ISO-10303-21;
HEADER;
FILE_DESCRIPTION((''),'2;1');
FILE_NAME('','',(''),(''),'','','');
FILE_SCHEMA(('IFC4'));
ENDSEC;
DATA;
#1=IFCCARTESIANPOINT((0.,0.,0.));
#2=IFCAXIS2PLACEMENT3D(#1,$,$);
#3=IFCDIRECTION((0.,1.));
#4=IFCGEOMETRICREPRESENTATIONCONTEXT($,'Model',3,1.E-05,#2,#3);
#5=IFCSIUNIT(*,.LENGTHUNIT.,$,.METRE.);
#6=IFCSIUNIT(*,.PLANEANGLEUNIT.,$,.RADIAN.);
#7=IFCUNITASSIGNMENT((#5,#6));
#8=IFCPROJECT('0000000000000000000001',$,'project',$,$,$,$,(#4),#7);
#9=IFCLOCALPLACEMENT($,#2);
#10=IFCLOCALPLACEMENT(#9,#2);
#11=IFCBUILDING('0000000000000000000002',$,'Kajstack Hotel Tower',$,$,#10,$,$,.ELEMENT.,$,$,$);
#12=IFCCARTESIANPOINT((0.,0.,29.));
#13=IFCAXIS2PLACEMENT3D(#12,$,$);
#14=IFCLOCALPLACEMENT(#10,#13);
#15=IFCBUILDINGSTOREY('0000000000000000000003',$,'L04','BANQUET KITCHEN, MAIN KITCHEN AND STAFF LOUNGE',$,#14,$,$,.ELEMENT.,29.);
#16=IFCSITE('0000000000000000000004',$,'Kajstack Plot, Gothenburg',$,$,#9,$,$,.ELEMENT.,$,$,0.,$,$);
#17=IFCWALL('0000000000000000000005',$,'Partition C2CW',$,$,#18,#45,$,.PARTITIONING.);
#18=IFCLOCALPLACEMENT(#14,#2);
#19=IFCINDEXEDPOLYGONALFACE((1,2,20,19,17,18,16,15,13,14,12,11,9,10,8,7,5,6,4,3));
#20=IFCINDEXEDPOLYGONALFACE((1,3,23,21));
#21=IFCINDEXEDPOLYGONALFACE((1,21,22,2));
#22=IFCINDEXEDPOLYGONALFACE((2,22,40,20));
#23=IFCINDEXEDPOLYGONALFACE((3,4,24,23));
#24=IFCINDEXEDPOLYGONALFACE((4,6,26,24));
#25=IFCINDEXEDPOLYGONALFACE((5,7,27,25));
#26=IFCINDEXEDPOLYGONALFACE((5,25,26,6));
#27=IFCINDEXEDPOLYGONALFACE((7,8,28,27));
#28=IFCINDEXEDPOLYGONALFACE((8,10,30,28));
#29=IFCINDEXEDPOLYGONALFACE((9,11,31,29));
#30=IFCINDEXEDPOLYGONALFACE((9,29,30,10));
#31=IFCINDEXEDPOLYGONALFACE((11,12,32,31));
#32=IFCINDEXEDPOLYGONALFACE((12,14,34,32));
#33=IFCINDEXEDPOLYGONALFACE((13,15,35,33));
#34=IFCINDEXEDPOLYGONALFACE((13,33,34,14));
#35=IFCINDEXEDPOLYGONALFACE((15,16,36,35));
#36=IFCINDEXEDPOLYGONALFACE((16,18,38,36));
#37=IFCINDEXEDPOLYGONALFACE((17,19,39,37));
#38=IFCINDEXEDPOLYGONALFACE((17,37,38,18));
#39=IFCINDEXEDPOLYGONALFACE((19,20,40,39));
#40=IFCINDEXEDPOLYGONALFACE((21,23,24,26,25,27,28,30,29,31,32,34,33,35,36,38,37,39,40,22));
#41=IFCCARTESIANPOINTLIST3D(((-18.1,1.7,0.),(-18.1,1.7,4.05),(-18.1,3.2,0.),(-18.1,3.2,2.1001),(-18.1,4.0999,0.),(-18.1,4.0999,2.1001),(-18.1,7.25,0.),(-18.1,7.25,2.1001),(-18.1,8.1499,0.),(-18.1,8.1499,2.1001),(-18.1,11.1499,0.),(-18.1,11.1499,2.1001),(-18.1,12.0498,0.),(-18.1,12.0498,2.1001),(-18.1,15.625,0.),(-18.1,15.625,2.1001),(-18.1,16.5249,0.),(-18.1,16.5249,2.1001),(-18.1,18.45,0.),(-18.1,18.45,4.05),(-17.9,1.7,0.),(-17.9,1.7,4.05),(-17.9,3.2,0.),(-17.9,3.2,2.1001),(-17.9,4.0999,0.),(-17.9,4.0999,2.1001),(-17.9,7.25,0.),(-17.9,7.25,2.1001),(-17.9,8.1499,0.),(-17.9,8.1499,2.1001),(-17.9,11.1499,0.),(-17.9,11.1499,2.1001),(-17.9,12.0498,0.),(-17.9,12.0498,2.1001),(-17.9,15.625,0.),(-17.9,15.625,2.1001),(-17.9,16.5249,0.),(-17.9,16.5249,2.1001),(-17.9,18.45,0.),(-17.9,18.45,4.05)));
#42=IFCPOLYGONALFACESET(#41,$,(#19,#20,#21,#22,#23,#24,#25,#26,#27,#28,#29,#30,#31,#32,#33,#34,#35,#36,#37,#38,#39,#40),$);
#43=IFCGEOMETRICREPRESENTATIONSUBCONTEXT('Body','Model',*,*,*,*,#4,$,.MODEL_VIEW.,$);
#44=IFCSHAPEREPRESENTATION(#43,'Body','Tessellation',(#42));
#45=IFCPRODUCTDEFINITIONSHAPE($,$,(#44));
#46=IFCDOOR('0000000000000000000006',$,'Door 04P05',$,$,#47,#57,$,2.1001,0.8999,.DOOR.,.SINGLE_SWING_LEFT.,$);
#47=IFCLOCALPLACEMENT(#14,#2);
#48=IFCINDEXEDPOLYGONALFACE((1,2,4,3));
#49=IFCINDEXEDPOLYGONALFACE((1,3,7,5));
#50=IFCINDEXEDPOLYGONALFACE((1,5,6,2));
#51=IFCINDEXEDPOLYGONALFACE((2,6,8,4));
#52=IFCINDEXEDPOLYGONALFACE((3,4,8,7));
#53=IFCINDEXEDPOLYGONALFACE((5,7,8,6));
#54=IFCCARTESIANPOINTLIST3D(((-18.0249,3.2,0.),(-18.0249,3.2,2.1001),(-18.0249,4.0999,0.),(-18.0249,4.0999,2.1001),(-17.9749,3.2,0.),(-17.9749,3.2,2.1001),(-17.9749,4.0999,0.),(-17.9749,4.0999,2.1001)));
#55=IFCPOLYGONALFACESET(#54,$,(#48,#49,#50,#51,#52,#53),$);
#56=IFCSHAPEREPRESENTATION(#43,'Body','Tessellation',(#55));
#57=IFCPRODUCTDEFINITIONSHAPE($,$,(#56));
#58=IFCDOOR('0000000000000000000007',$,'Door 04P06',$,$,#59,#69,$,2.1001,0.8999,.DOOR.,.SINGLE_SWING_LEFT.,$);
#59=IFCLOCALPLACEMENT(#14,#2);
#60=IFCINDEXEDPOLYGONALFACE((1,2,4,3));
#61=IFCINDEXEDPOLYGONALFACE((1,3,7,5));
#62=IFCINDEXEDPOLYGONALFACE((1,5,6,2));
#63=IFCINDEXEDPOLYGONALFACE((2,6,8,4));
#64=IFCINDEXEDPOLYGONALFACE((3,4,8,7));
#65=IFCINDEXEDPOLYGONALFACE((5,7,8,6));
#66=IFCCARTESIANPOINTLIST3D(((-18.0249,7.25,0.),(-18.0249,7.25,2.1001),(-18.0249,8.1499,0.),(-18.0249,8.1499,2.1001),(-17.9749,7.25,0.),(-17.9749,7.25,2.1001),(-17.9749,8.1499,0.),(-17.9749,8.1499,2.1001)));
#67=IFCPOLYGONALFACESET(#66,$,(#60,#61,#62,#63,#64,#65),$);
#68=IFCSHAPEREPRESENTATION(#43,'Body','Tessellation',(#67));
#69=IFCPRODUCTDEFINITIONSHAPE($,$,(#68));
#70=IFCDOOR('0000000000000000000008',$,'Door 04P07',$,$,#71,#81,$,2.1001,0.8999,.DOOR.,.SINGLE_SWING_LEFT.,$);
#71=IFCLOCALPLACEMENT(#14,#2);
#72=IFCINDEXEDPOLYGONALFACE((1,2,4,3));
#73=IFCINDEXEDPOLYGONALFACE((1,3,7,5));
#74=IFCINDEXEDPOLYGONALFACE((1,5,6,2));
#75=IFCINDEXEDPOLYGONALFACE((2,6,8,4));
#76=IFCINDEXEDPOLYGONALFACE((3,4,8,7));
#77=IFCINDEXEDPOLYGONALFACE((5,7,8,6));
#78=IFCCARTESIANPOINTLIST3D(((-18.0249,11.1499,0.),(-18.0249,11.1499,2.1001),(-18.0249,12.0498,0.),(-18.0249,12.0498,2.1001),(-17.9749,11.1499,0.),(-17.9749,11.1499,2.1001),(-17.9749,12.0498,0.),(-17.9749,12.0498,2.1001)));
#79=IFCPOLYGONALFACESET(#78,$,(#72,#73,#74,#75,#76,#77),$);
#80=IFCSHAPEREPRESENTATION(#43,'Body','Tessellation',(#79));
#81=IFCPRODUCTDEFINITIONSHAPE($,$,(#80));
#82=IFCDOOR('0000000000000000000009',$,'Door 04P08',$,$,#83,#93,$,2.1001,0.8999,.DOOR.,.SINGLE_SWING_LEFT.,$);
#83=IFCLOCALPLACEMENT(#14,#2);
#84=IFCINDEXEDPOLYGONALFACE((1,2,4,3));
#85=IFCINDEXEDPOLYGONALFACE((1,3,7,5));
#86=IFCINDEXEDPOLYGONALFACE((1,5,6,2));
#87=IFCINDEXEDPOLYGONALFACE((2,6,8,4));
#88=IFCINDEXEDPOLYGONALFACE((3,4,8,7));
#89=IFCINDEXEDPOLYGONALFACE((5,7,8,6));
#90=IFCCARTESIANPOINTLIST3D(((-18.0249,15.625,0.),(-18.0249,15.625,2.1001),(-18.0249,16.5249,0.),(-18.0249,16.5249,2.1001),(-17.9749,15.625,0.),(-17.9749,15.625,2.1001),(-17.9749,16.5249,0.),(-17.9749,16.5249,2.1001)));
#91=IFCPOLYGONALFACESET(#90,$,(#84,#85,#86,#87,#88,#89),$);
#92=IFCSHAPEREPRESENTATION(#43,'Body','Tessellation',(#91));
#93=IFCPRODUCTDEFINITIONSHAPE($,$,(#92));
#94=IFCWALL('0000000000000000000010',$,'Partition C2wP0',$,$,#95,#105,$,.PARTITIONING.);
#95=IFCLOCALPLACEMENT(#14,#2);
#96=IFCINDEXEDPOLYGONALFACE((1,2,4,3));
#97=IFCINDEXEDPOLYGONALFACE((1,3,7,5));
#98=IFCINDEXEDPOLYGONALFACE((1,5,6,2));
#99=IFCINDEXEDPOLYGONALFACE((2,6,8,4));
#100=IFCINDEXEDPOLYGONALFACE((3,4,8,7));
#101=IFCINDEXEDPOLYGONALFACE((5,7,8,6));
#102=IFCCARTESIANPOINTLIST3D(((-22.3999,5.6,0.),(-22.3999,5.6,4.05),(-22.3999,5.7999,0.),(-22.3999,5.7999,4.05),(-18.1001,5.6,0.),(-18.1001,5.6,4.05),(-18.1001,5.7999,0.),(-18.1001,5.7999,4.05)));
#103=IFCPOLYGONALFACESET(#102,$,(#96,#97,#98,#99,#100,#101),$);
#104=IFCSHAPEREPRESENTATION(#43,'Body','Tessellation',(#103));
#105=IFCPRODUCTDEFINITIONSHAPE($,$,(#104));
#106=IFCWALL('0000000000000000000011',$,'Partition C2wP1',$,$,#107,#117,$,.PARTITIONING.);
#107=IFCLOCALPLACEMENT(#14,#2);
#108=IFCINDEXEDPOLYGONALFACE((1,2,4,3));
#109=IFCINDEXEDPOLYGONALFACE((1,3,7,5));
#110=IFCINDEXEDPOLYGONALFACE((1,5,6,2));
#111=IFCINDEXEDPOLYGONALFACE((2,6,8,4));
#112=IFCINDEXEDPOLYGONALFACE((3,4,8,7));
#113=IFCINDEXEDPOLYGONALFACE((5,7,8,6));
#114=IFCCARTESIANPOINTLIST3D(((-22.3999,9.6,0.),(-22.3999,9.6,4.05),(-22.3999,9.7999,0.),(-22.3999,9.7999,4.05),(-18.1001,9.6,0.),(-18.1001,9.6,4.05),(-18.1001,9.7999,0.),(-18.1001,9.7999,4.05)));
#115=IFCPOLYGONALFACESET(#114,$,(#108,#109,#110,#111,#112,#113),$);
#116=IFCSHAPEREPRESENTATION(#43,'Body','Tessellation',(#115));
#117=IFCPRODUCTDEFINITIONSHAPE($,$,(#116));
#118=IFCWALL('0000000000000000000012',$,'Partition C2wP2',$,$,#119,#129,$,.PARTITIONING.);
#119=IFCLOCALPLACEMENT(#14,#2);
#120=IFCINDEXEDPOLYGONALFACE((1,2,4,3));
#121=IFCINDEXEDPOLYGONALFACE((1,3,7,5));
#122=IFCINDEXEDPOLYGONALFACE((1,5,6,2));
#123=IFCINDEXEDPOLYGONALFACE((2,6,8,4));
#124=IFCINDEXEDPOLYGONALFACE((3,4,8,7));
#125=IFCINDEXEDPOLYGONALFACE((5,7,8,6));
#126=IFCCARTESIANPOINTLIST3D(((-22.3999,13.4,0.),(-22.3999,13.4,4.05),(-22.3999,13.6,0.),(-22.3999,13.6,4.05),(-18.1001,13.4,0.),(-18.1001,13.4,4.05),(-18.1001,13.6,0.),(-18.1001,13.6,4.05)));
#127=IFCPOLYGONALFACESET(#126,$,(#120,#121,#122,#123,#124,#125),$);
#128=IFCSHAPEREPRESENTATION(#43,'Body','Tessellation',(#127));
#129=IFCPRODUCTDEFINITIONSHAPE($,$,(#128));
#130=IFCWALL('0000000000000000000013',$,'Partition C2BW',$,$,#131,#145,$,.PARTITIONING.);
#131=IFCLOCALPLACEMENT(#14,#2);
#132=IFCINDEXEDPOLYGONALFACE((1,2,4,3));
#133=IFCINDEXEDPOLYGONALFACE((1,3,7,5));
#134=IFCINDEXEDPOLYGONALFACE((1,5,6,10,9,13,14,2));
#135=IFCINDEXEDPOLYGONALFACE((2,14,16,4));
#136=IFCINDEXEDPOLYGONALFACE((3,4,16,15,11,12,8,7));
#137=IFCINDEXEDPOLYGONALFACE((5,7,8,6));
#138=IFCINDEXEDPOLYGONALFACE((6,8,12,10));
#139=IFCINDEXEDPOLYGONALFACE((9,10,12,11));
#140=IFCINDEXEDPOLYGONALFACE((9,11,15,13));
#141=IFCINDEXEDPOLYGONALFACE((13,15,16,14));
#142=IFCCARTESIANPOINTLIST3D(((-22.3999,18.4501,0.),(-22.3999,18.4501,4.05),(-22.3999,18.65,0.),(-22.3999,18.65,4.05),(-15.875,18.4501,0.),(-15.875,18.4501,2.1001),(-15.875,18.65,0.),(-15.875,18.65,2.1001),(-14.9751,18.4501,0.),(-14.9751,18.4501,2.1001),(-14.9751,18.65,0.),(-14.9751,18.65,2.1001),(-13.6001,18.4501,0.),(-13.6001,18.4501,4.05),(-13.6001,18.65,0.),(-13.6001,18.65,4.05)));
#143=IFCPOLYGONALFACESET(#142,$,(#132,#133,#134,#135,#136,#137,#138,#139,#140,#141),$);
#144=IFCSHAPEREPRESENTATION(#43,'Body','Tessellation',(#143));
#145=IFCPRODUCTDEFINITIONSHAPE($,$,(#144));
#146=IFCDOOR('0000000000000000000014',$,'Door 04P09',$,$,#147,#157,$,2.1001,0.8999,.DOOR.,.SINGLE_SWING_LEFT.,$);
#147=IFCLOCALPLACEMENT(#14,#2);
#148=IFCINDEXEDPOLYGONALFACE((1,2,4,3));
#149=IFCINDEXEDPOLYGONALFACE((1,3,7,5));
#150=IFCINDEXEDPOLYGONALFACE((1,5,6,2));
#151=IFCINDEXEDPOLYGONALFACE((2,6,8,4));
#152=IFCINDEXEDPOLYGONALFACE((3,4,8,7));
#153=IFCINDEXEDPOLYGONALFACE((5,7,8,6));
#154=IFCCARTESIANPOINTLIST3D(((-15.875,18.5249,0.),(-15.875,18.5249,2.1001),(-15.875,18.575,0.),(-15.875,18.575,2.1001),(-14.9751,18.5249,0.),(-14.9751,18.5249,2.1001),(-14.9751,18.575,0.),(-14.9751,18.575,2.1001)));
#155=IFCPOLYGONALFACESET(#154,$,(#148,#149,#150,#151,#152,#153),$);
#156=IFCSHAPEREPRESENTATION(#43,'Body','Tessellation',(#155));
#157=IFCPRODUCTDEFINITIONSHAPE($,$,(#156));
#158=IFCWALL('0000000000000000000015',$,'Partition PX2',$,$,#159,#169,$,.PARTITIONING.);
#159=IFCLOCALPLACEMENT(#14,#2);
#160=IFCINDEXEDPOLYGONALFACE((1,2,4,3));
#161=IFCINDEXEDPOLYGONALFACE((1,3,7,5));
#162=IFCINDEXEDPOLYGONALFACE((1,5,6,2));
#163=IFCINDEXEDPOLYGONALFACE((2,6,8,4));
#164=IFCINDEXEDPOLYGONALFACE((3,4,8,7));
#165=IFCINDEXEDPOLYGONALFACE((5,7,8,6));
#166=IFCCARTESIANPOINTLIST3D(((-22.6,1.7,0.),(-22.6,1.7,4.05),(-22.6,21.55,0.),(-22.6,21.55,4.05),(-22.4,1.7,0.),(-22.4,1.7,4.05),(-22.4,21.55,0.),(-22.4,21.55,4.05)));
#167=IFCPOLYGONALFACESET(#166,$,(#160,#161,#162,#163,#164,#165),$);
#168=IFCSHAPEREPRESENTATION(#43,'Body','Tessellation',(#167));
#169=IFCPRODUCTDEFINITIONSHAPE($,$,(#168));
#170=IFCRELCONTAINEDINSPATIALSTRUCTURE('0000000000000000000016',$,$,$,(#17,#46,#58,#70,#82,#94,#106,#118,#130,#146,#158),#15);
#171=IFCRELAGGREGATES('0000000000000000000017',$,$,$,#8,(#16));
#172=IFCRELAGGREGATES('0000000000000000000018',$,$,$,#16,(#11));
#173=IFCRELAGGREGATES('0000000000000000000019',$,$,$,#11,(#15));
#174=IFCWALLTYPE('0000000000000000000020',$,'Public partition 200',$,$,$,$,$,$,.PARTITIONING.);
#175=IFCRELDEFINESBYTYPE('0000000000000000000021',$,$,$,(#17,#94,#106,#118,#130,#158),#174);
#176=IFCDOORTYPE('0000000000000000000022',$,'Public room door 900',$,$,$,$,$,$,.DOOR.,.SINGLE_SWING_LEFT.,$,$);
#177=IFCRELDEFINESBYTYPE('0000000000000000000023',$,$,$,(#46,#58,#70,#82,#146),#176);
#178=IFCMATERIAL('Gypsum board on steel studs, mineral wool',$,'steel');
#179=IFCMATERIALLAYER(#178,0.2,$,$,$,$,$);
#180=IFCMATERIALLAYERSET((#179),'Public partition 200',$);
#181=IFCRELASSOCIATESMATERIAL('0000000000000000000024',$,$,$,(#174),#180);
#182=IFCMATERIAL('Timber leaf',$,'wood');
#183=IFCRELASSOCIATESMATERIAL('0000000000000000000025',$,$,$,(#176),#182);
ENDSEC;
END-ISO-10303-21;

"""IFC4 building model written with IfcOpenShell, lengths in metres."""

from ifc_helpers import new_model, si_unit, direction, frame, frame_2d, origin, place, context, subcontext, project, spatial, rectangle, extrude, material, layer, layer_set, type_object, element, fill, save


model = new_model("IFC4")

# Units and contexts
model_context = context("Model", 3, precision=1e-05, world=origin(), true_north=direction((0.0, 1.0)))
body_context = subcontext(model_context, "Body", "Model", "MODEL_VIEW")
ifc_project = project(units=[si_unit("LENGTHUNIT", "METRE"), si_unit("PLANEANGLEUNIT", "RADIAN")], contexts=[model_context])

# Site, building, storey
site_placement = place(None, origin())
site = spatial("IfcSite", under=ifc_project, at=site_placement, Name="Kajstack Plot, Gothenburg", CompositionType="ELEMENT", RefElevation=0.0)
building_placement = place(site_placement, origin())
building = spatial("IfcBuilding", under=site, at=building_placement, Name="Kajstack Hotel Tower", CompositionType="ELEMENT")
storey_placement = place(building_placement, frame((0.0, 0.0, 29.0)))
storey = spatial("IfcBuildingStorey", under=building, at=storey_placement, Name="L04", Description="BANQUET KITCHEN, MAIN KITCHEN AND STAFF LOUNGE", CompositionType="ELEMENT", Elevation=29.0)

# Shared definitions
ifc_material_1 = material(Name="Gypsum board on steel studs, mineral wool", Category="steel")
ifc_layer_1 = layer(ifc_material_1, 0.2)
ifc_layer_set_1 = layer_set([ifc_layer_1], Name="Public partition 200")
wall_type_1 = type_object("IfcWallType", Name="Public partition 200", PredefinedType="PARTITIONING", material=ifc_layer_set_1)

# Wall, openings, doors
wall_1_placement = place(storey_placement, frame((-18.0, 1.7, 0.0), z_axis=(0.0, 0.0, 1.0), x_axis=(0.0, 1.0, 0.0)))
wall_1 = element("IfcWall", 1, at=wall_1_placement, inside=storey, type_object=wall_type_1, Name="Partition C2CW", PredefinedType="PARTITIONING", context=body_context, shape_type="SweptSolid", body=[
    extrude(rectangle(XDim=16.75, YDim=0.2, at=frame_2d((8.375, 0.0))), origin(), (0.0, 0.0, 1.0), 4.05),
])
opening_1_placement = place(wall_1_placement, frame((1.5, 0.0, 0.0)))
opening_1 = element("IfcOpeningElement", 2, at=opening_1_placement, cuts=wall_1, PredefinedType="OPENING", context=body_context, shape_type="SweptSolid", body=[
    extrude(rectangle(XDim=0.8999, YDim=2.1001, at=frame_2d((0.45, 1.05))), frame((0.0, 0.1099, 0.0), z_axis=(0.0, -1.0, 0.0), x_axis=(1.0, 0.0, 0.0)), (0.0, 0.0, 1.0), 0.22),
])
opening_2_placement = place(wall_1_placement, frame((5.55, 0.0, 0.0)))
opening_2 = element("IfcOpeningElement", 3, at=opening_2_placement, cuts=wall_1, PredefinedType="OPENING", context=body_context, shape_type="SweptSolid", body=[
    extrude(rectangle(XDim=0.8999, YDim=2.1001, at=frame_2d((0.45, 1.05))), frame((0.0, 0.1099, 0.0), z_axis=(0.0, -1.0, 0.0), x_axis=(1.0, 0.0, 0.0)), (0.0, 0.0, 1.0), 0.22),
])
opening_3_placement = place(wall_1_placement, frame((9.45, 0.0, 0.0)))
opening_3 = element("IfcOpeningElement", 4, at=opening_3_placement, cuts=wall_1, PredefinedType="OPENING", context=body_context, shape_type="SweptSolid", body=[
    extrude(rectangle(XDim=0.8999, YDim=2.1001, at=frame_2d((0.45, 1.05))), frame((0.0, 0.1099, 0.0), z_axis=(0.0, -1.0, 0.0), x_axis=(1.0, 0.0, 0.0)), (0.0, 0.0, 1.0), 0.22),
])
opening_4_placement = place(wall_1_placement, frame((13.925, 0.0, 0.0)))
opening_4 = element("IfcOpeningElement", 5, at=opening_4_placement, cuts=wall_1, PredefinedType="OPENING", context=body_context, shape_type="SweptSolid", body=[
    extrude(rectangle(XDim=0.8999, YDim=2.1001, at=frame_2d((0.45, 1.05))), frame((0.0, 0.1099, 0.0), z_axis=(0.0, -1.0, 0.0), x_axis=(1.0, 0.0, 0.0)), (0.0, 0.0, 1.0), 0.22),
])
ifc_material_2 = material(Name="Timber leaf", Category="wood")
door_type_1 = type_object("IfcDoorType", Name="Public room door 900", OperationType="SINGLE_SWING_LEFT", PredefinedType="DOOR", material=ifc_material_2)
door_1_placement = place(opening_1_placement, origin())
door_1 = element("IfcDoor", 6, at=door_1_placement, inside=storey, type_object=door_type_1, Name="Door 04P05", OperationType="SINGLE_SWING_LEFT", OverallHeight=2.1001, OverallWidth=0.8999, PredefinedType="DOOR", context=body_context, shape_type="SweptSolid", body=[
    extrude(rectangle(XDim=0.8999, YDim=2.1001, at=frame_2d((0.45, 1.05))), frame((0.0, 0.0249, 0.0), z_axis=(0.0, -1.0, 0.0), x_axis=(1.0, 0.0, 0.0)), (0.0, 0.0, 1.0), 0.05),
])
fill(opening_1, door_1)
door_2_placement = place(opening_2_placement, origin())
door_2 = element("IfcDoor", 7, at=door_2_placement, inside=storey, type_object=door_type_1, Name="Door 04P06", OperationType="SINGLE_SWING_LEFT", OverallHeight=2.1001, OverallWidth=0.8999, PredefinedType="DOOR", context=body_context, shape_type="SweptSolid", body=[
    extrude(rectangle(XDim=0.8999, YDim=2.1001, at=frame_2d((0.45, 1.05))), frame((0.0, 0.0249, 0.0), z_axis=(0.0, -1.0, 0.0), x_axis=(1.0, 0.0, 0.0)), (0.0, 0.0, 1.0), 0.05),
])
fill(opening_2, door_2)
door_3_placement = place(opening_3_placement, origin())
door_3 = element("IfcDoor", 8, at=door_3_placement, inside=storey, type_object=door_type_1, Name="Door 04P07", OperationType="SINGLE_SWING_LEFT", OverallHeight=2.1001, OverallWidth=0.8999, PredefinedType="DOOR", context=body_context, shape_type="SweptSolid", body=[
    extrude(rectangle(XDim=0.8999, YDim=2.1001, at=frame_2d((0.45, 1.05))), frame((0.0, 0.0249, 0.0), z_axis=(0.0, -1.0, 0.0), x_axis=(1.0, 0.0, 0.0)), (0.0, 0.0, 1.0), 0.05),
])
fill(opening_3, door_3)
door_4_placement = place(opening_4_placement, origin())
door_4 = element("IfcDoor", 9, at=door_4_placement, inside=storey, type_object=door_type_1, Name="Door 04P08", OperationType="SINGLE_SWING_LEFT", OverallHeight=2.1001, OverallWidth=0.8999, PredefinedType="DOOR", context=body_context, shape_type="SweptSolid", body=[
    extrude(rectangle(XDim=0.8999, YDim=2.1001, at=frame_2d((0.45, 1.05))), frame((0.0, 0.0249, 0.0), z_axis=(0.0, -1.0, 0.0), x_axis=(1.0, 0.0, 0.0)), (0.0, 0.0, 1.0), 0.05),
])
fill(opening_4, door_4)

# Walls
for number, where, z_axis, x_axis, name in (
    (10, (-22.3999, 5.7, 0.0), (0.0, 0.0, 1.0), (1.0, 0.0, 0.0), "Partition C2wP0"),
    (11, (-22.3999, 9.7, 0.0), (0.0, 0.0, 1.0), (1.0, 0.0, 0.0), "Partition C2wP1"),
    (12, (-22.3999, 13.5, 0.0), (0.0, 0.0, 1.0), (1.0, 0.0, 0.0), "Partition C2wP2"),
):
    element("IfcWall", number, at=place(storey_placement, frame(where, z_axis=z_axis, x_axis=x_axis)), inside=storey, type_object=wall_type_1, Name=name, PredefinedType="PARTITIONING", context=body_context, shape_type="SweptSolid", body=[
        extrude(rectangle(XDim=4.2998, YDim=0.2, at=frame_2d((2.1499, 0.0))), origin(), (0.0, 0.0, 1.0), 4.05),
    ])

# Wall, opening, door
wall_2_placement = place(storey_placement, frame((-22.3999, 18.55, 0.0), z_axis=(0.0, 0.0, 1.0), x_axis=(1.0, 0.0, 0.0)))
wall_2 = element("IfcWall", 13, at=wall_2_placement, inside=storey, type_object=wall_type_1, Name="Partition C2BW", PredefinedType="PARTITIONING", context=body_context, shape_type="SweptSolid", body=[
    extrude(rectangle(XDim=8.7998, YDim=0.2, at=frame_2d((4.3999, 0.0))), origin(), (0.0, 0.0, 1.0), 4.05),
])
opening_5_placement = place(wall_2_placement, frame((6.5249, 0.0, 0.0)))
opening_5 = element("IfcOpeningElement", 14, at=opening_5_placement, cuts=wall_2, PredefinedType="OPENING", context=body_context, shape_type="SweptSolid", body=[
    extrude(rectangle(XDim=0.8999, YDim=2.1001, at=frame_2d((0.45, 1.05))), frame((0.0, 0.1099, 0.0), z_axis=(0.0, -1.0, 0.0), x_axis=(1.0, 0.0, 0.0)), (0.0, 0.0, 1.0), 0.22),
])
door_5_placement = place(opening_5_placement, origin())
door_5 = element("IfcDoor", 15, at=door_5_placement, inside=storey, type_object=door_type_1, Name="Door 04P09", OperationType="SINGLE_SWING_LEFT", OverallHeight=2.1001, OverallWidth=0.8999, PredefinedType="DOOR", context=body_context, shape_type="SweptSolid", body=[
    extrude(rectangle(XDim=0.8999, YDim=2.1001, at=frame_2d((0.45, 1.05))), frame((0.0, 0.0249, 0.0), z_axis=(0.0, -1.0, 0.0), x_axis=(1.0, 0.0, 0.0)), (0.0, 0.0, 1.0), 0.05),
])
fill(opening_5, door_5)

# Wall
wall_3_placement = place(storey_placement, frame((-22.5, 1.7, 0.0), z_axis=(0.0, 0.0, 1.0), x_axis=(0.0, 1.0, 0.0)))
element("IfcWall", 16, at=wall_3_placement, inside=storey, type_object=wall_type_1, Name="Partition PX2", PredefinedType="PARTITIONING", context=body_context, shape_type="SweptSolid", body=[
    extrude(rectangle(XDim=19.8501, YDim=0.2, at=frame_2d((9.925, 0.0))), origin(), (0.0, 0.0, 1.0), 4.05),
])

save(model, "model.ifc")
